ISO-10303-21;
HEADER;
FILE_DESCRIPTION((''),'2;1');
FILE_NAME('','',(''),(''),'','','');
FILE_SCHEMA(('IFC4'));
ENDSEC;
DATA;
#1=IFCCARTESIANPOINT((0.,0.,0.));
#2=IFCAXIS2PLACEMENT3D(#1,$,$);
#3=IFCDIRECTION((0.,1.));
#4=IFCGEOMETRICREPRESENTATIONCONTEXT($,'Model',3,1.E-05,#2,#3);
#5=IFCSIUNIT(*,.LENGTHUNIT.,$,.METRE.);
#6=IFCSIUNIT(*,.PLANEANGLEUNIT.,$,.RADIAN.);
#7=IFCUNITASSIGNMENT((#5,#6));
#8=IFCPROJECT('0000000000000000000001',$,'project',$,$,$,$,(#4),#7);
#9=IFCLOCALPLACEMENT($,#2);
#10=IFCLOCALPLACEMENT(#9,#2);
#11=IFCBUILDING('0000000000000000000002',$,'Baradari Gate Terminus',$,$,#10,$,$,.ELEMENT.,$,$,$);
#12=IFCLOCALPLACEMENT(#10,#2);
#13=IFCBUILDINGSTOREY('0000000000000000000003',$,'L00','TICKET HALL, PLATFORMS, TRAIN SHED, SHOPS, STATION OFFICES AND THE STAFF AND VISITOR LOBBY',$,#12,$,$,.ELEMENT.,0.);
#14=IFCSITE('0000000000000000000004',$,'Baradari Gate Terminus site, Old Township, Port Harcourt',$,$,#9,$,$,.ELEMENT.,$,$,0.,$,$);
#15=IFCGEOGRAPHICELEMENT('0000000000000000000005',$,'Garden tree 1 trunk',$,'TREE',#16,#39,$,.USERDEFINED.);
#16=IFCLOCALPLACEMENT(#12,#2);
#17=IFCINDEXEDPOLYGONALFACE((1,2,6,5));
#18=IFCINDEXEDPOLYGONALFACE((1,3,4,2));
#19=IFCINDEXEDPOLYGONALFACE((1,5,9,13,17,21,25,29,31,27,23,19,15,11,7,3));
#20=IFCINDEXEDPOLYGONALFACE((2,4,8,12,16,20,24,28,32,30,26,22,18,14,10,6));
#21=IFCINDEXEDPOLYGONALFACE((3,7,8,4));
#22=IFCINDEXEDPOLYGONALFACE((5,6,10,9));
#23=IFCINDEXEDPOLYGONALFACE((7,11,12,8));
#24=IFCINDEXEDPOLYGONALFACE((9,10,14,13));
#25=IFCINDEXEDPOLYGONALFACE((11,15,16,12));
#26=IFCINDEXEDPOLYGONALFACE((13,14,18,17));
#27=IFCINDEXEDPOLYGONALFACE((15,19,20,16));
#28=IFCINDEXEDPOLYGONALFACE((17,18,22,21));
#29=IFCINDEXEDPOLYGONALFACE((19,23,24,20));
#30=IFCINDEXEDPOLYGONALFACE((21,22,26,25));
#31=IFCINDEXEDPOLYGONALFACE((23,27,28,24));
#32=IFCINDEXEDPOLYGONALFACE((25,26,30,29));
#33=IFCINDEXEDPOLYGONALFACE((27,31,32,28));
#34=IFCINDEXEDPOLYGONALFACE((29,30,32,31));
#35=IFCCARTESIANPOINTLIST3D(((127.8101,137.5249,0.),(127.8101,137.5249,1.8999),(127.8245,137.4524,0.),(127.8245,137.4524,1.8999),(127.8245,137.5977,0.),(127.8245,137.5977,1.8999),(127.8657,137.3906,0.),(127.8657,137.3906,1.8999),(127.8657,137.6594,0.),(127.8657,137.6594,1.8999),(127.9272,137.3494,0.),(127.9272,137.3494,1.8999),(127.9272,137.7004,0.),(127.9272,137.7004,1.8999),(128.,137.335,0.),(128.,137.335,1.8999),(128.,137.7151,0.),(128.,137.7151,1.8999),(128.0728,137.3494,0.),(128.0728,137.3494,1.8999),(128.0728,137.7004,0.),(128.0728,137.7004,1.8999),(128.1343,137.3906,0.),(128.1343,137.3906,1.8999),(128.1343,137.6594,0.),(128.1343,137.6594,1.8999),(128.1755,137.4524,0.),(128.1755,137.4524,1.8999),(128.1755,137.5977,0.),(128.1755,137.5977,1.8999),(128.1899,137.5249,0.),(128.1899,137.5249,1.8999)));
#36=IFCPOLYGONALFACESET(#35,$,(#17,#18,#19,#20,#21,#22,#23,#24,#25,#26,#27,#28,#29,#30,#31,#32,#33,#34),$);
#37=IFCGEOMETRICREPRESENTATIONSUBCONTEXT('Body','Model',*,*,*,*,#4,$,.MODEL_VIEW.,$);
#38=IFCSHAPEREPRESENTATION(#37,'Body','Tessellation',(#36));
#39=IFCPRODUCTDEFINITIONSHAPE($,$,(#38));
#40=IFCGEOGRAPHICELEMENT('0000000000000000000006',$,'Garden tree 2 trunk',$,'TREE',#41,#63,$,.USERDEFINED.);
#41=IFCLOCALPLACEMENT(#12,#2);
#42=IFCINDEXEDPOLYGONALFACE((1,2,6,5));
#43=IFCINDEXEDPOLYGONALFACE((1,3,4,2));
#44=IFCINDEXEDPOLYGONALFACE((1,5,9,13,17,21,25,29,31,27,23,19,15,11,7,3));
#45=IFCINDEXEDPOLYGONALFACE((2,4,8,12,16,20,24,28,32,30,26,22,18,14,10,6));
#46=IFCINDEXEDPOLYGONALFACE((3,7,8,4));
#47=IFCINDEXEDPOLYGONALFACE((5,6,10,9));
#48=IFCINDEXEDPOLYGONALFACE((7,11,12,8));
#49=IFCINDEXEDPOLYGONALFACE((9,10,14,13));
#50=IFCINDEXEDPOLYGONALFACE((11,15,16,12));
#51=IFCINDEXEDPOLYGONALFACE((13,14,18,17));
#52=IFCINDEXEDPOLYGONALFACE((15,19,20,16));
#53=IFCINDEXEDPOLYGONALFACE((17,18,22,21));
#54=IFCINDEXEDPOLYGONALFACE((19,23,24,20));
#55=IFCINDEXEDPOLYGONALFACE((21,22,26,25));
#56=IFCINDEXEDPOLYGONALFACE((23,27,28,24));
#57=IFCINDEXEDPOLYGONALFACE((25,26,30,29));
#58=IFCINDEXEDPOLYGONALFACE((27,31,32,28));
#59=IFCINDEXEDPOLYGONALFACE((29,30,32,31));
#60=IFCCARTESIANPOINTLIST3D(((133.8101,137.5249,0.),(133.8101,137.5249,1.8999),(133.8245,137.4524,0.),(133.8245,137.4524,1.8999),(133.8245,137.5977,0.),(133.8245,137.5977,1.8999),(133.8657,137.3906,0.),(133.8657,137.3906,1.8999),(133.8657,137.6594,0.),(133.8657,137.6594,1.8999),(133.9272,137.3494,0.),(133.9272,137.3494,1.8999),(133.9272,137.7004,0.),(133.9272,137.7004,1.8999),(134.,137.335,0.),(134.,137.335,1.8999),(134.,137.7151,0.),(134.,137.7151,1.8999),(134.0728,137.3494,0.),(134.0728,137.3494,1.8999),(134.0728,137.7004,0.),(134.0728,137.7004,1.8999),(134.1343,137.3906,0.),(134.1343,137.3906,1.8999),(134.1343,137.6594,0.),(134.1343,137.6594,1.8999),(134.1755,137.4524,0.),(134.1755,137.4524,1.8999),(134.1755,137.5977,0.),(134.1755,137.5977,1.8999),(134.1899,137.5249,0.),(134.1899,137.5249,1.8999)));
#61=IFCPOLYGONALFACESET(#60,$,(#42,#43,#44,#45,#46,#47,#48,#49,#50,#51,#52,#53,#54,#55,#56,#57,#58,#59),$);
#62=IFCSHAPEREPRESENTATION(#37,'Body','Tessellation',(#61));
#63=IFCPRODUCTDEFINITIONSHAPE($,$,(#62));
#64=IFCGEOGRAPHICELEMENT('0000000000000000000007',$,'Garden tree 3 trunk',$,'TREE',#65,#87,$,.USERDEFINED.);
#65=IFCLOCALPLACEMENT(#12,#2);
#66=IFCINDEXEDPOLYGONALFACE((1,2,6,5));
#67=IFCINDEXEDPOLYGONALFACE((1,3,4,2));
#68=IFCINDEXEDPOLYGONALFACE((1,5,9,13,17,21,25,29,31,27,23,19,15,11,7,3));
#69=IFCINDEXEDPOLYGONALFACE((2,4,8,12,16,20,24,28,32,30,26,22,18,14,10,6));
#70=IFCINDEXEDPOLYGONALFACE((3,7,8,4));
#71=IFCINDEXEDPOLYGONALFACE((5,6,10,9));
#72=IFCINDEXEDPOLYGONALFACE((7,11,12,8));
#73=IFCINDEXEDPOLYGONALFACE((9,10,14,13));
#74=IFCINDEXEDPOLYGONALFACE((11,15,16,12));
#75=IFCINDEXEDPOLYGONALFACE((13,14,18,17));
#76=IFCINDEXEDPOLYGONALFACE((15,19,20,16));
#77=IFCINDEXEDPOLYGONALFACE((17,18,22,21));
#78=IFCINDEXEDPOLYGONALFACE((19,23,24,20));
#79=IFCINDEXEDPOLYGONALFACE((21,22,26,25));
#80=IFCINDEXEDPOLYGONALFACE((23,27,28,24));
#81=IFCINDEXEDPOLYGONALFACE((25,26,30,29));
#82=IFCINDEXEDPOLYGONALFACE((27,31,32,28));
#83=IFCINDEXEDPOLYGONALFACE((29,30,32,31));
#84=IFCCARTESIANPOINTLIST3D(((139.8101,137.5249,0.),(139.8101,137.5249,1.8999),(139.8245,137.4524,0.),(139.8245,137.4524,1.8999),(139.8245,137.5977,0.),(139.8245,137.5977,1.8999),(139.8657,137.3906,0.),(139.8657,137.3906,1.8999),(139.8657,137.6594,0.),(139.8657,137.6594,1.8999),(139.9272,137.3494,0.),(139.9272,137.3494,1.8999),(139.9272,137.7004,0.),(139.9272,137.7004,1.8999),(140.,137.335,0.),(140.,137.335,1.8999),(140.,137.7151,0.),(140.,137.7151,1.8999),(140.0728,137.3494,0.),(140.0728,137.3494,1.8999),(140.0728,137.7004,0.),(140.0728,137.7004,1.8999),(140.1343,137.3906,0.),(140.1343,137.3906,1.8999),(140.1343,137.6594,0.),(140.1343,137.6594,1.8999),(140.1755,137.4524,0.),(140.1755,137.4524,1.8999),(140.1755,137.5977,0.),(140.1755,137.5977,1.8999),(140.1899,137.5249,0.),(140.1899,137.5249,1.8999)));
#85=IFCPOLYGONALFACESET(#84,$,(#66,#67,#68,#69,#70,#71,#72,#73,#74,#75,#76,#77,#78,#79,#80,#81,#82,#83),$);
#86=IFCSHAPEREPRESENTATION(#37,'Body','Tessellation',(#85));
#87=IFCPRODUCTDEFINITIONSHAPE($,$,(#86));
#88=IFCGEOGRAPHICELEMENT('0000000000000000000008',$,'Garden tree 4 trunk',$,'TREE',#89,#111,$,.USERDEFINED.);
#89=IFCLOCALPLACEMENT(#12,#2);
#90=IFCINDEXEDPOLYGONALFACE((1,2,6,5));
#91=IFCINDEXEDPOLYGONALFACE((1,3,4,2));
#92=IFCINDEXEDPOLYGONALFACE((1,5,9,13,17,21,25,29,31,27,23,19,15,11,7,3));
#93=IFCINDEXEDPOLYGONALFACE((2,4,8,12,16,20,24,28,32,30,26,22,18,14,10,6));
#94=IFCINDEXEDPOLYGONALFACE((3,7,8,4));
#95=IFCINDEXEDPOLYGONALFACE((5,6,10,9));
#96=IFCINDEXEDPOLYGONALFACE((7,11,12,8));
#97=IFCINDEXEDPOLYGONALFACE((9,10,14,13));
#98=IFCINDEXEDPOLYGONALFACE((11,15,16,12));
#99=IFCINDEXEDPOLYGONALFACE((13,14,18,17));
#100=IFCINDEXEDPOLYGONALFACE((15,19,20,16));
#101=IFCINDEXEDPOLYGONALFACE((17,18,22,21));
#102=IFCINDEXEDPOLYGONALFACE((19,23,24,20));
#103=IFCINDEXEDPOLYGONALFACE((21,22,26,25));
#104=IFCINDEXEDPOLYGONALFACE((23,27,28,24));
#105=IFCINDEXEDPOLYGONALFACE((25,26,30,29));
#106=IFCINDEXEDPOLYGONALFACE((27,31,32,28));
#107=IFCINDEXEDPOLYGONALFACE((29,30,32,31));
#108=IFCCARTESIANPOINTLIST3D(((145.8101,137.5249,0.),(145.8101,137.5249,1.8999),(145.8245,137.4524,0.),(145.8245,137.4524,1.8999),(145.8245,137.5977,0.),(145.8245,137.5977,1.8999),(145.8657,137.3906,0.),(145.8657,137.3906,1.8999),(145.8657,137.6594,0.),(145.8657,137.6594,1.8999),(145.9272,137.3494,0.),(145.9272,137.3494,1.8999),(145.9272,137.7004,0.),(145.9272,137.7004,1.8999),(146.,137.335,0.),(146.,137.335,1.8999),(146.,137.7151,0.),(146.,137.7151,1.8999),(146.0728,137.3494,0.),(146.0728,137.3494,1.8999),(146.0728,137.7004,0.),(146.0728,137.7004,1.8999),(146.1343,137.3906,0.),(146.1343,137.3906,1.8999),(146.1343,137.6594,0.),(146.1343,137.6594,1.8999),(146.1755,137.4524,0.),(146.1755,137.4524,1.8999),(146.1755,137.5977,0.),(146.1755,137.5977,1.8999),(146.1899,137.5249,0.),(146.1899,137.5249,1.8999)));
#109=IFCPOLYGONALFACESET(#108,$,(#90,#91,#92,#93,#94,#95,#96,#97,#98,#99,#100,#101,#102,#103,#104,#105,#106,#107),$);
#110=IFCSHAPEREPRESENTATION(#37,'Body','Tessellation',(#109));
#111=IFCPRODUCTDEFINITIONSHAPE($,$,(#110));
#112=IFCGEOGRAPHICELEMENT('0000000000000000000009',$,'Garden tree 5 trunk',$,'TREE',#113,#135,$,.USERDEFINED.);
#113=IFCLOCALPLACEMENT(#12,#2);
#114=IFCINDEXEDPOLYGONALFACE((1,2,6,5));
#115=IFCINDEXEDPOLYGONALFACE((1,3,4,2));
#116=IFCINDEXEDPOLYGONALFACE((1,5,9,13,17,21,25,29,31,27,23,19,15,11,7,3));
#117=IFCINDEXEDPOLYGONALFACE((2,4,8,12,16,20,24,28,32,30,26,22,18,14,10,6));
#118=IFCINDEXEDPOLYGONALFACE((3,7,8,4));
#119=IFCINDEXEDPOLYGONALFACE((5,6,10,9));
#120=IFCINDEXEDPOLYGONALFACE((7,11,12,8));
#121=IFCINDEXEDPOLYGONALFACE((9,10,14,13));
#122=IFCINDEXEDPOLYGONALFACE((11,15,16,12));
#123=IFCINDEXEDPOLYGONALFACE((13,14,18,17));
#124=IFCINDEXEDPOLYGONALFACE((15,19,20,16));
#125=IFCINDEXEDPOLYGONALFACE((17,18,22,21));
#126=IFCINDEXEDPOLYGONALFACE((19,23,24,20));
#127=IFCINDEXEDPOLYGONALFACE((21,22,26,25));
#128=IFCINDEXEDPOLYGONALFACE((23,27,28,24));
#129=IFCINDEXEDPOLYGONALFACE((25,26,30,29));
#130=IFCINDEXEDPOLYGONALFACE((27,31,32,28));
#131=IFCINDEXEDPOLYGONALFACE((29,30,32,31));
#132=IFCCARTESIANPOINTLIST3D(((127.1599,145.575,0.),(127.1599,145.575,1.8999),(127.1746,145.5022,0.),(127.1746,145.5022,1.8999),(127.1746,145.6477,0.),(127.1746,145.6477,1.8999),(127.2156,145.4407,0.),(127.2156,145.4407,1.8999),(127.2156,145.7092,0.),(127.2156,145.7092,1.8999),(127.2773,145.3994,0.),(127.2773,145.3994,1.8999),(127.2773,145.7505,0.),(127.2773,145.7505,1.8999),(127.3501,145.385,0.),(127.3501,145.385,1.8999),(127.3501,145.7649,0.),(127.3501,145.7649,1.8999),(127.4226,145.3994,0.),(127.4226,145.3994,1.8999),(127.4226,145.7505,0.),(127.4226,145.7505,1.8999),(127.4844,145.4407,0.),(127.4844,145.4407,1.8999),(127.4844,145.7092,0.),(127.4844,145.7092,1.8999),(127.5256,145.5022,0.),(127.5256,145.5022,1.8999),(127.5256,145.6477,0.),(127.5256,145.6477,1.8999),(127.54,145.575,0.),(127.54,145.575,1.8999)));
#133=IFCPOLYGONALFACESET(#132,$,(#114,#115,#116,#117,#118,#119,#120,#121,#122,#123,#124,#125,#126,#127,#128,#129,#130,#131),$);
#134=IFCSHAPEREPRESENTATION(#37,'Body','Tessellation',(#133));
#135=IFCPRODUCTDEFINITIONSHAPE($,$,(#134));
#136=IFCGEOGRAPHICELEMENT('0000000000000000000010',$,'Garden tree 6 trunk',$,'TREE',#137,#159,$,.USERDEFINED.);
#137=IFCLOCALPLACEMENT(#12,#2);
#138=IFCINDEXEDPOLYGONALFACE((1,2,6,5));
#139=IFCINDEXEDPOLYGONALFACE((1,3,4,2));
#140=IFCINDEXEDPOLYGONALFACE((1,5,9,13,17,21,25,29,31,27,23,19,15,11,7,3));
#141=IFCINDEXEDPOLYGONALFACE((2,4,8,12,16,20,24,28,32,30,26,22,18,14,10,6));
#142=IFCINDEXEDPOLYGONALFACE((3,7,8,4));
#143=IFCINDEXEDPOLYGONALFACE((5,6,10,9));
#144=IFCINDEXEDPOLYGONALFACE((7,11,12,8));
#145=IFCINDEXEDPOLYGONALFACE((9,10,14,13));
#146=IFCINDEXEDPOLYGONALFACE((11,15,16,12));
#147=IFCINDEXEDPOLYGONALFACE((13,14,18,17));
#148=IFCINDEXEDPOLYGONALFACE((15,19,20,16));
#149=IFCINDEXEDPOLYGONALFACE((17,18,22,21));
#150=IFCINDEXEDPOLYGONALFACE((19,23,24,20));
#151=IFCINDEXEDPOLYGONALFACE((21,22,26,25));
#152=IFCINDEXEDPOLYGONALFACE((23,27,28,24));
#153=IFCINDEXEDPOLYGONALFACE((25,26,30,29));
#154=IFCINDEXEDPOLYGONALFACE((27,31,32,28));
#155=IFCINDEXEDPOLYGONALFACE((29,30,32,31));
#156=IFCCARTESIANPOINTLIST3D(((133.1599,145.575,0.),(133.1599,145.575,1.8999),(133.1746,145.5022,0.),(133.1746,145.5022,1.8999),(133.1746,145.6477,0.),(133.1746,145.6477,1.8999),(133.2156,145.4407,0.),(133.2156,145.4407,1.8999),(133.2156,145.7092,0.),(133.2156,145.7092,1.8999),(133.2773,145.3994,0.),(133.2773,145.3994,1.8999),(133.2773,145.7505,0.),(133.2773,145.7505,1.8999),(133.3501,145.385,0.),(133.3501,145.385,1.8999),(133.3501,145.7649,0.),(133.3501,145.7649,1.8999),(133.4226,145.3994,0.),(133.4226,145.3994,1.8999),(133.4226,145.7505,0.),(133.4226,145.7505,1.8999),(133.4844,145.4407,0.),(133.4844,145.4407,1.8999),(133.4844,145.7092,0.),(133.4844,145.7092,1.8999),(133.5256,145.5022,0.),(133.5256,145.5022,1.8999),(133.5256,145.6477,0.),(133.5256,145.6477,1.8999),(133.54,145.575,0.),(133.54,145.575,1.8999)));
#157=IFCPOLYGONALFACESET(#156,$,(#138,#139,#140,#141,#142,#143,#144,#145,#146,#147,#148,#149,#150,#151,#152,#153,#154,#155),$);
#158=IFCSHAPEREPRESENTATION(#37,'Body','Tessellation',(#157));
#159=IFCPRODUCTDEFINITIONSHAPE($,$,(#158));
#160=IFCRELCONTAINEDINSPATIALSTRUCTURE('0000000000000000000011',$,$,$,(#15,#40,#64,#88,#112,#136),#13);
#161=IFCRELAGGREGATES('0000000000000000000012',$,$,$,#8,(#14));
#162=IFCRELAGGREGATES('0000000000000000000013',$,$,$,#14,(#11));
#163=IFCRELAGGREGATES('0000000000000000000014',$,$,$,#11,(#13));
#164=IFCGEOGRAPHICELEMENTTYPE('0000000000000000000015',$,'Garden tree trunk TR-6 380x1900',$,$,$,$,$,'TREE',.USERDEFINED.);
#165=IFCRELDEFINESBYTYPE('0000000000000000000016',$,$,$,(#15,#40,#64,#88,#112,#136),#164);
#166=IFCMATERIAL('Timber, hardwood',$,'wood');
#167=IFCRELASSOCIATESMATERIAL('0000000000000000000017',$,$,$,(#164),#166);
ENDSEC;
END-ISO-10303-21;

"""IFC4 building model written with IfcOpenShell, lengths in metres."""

from ifc_helpers import new_model, si_unit, direction, origin, place, context, subcontext, project, spatial, polyline, outline, extrude, material, type_object, element, save


model = new_model("IFC4")

# Units and contexts
model_context = context("Model", 3, precision=1e-05, world=origin(), true_north=direction((0.0, 1.0)))
body_context = subcontext(model_context, "Body", "Model", "MODEL_VIEW")
ifc_project = project(units=[si_unit("LENGTHUNIT", "METRE"), si_unit("PLANEANGLEUNIT", "RADIAN")], contexts=[model_context])

# Site, building, storey
site_placement = place(None, origin())
site = spatial("IfcSite", under=ifc_project, at=site_placement, Name="Baradari Gate Terminus site, Old Township, Port Harcourt", CompositionType="ELEMENT", RefElevation=0.0)
building_placement = place(site_placement, origin())
building = spatial("IfcBuilding", under=site, at=building_placement, Name="Baradari Gate Terminus", CompositionType="ELEMENT")
storey_placement = place(building_placement, origin())
storey = spatial("IfcBuildingStorey", under=building, at=storey_placement, Name="L00", Description="TICKET HALL, PLATFORMS, TRAIN SHED, SHOPS, STATION OFFICES AND THE STAFF AND VISITOR LOBBY", CompositionType="ELEMENT", Elevation=0.0)

# Geographic elements
ifc_material_1 = material(Name="Timber, hardwood", Category="wood")
geographic_element_type_1 = type_object("IfcGeographicElementType", Name="Garden tree trunk TR-6 380x1900", ElementType="TREE", PredefinedType="USERDEFINED", material=ifc_material_1)
geographic_element_1_placement = place(storey_placement, origin())
element("IfcGeographicElement", 1, at=geographic_element_1_placement, inside=storey, type_object=geographic_element_type_1, Name="Garden tree 1 trunk", ObjectType="TREE", PredefinedType="USERDEFINED", context=body_context, shape_type="SweptSolid", body=[
    extrude(outline(polyline([(128.1899, 137.5249), (128.1755, 137.5977), (128.1343, 137.6594), (128.0728, 137.7004), (128.0, 137.7151), (127.9272, 137.7004), (127.8657, 137.6594), (127.8245, 137.5977), (127.8101, 137.5249), (127.8245, 137.4524), (127.8657, 137.3906), (127.9272, 137.3494), (128.0, 137.335), (128.0728, 137.3494), (128.1343, 137.3906), (128.1755, 137.4524), (128.1899, 137.5249)])), origin(), (0.0, 0.0, 1.0), 1.8999),
])
geographic_element_2_placement = place(storey_placement, origin())
element("IfcGeographicElement", 2, at=geographic_element_2_placement, inside=storey, type_object=geographic_element_type_1, Name="Garden tree 2 trunk", ObjectType="TREE", PredefinedType="USERDEFINED", context=body_context, shape_type="SweptSolid", body=[
    extrude(outline(polyline([(134.1899, 137.5249), (134.1755, 137.5977), (134.1343, 137.6594), (134.0728, 137.7004), (134.0, 137.7151), (133.9272, 137.7004), (133.8657, 137.6594), (133.8245, 137.5977), (133.8101, 137.5249), (133.8245, 137.4524), (133.8657, 137.3906), (133.9272, 137.3494), (134.0, 137.335), (134.0728, 137.3494), (134.1343, 137.3906), (134.1755, 137.4524), (134.1899, 137.5249)])), origin(), (0.0, 0.0, 1.0), 1.8999),
])
geographic_element_3_placement = place(storey_placement, origin())
element("IfcGeographicElement", 3, at=geographic_element_3_placement, inside=storey, type_object=geographic_element_type_1, Name="Garden tree 3 trunk", ObjectType="TREE", PredefinedType="USERDEFINED", context=body_context, shape_type="SweptSolid", body=[
    extrude(outline(polyline([(140.1899, 137.5249), (140.1755, 137.5977), (140.1343, 137.6594), (140.0728, 137.7004), (140.0, 137.7151), (139.9272, 137.7004), (139.8657, 137.6594), (139.8245, 137.5977), (139.8101, 137.5249), (139.8245, 137.4524), (139.8657, 137.3906), (139.9272, 137.3494), (140.0, 137.335), (140.0728, 137.3494), (140.1343, 137.3906), (140.1755, 137.4524), (140.1899, 137.5249)])), origin(), (0.0, 0.0, 1.0), 1.8999),
])
geographic_element_4_placement = place(storey_placement, origin())
element("IfcGeographicElement", 4, at=geographic_element_4_placement, inside=storey, type_object=geographic_element_type_1, Name="Garden tree 4 trunk", ObjectType="TREE", PredefinedType="USERDEFINED", context=body_context, shape_type="SweptSolid", body=[
    extrude(outline(polyline([(146.1899, 137.5249), (146.1755, 137.5977), (146.1343, 137.6594), (146.0728, 137.7004), (146.0, 137.7151), (145.9272, 137.7004), (145.8657, 137.6594), (145.8245, 137.5977), (145.8101, 137.5249), (145.8245, 137.4524), (145.8657, 137.3906), (145.9272, 137.3494), (146.0, 137.335), (146.0728, 137.3494), (146.1343, 137.3906), (146.1755, 137.4524), (146.1899, 137.5249)])), origin(), (0.0, 0.0, 1.0), 1.8999),
])
geographic_element_5_placement = place(storey_placement, origin())
element("IfcGeographicElement", 5, at=geographic_element_5_placement, inside=storey, type_object=geographic_element_type_1, Name="Garden tree 5 trunk", ObjectType="TREE", PredefinedType="USERDEFINED", context=body_context, shape_type="SweptSolid", body=[
    extrude(outline(polyline([(127.54, 145.575), (127.5256, 145.6477), (127.4844, 145.7092), (127.4226, 145.7505), (127.3501, 145.7649), (127.2773, 145.7505), (127.2156, 145.7092), (127.1746, 145.6477), (127.1599, 145.575), (127.1746, 145.5022), (127.2156, 145.4407), (127.2773, 145.3994), (127.3501, 145.385), (127.4226, 145.3994), (127.4844, 145.4407), (127.5256, 145.5022), (127.54, 145.575)])), origin(), (0.0, 0.0, 1.0), 1.8999),
])
geographic_element_6_placement = place(storey_placement, origin())
element("IfcGeographicElement", 6, at=geographic_element_6_placement, inside=storey, type_object=geographic_element_type_1, Name="Garden tree 6 trunk", ObjectType="TREE", PredefinedType="USERDEFINED", context=body_context, shape_type="SweptSolid", body=[
    extrude(outline(polyline([(133.54, 145.575), (133.5256, 145.6477), (133.4844, 145.7092), (133.4226, 145.7505), (133.3501, 145.7649), (133.2773, 145.7505), (133.2156, 145.7092), (133.1746, 145.6477), (133.1599, 145.575), (133.1746, 145.5022), (133.2156, 145.4407), (133.2773, 145.3994), (133.3501, 145.385), (133.4226, 145.3994), (133.4844, 145.4407), (133.5256, 145.5022), (133.54, 145.575)])), origin(), (0.0, 0.0, 1.0), 1.8999),
])

save(model, "model.ifc")
